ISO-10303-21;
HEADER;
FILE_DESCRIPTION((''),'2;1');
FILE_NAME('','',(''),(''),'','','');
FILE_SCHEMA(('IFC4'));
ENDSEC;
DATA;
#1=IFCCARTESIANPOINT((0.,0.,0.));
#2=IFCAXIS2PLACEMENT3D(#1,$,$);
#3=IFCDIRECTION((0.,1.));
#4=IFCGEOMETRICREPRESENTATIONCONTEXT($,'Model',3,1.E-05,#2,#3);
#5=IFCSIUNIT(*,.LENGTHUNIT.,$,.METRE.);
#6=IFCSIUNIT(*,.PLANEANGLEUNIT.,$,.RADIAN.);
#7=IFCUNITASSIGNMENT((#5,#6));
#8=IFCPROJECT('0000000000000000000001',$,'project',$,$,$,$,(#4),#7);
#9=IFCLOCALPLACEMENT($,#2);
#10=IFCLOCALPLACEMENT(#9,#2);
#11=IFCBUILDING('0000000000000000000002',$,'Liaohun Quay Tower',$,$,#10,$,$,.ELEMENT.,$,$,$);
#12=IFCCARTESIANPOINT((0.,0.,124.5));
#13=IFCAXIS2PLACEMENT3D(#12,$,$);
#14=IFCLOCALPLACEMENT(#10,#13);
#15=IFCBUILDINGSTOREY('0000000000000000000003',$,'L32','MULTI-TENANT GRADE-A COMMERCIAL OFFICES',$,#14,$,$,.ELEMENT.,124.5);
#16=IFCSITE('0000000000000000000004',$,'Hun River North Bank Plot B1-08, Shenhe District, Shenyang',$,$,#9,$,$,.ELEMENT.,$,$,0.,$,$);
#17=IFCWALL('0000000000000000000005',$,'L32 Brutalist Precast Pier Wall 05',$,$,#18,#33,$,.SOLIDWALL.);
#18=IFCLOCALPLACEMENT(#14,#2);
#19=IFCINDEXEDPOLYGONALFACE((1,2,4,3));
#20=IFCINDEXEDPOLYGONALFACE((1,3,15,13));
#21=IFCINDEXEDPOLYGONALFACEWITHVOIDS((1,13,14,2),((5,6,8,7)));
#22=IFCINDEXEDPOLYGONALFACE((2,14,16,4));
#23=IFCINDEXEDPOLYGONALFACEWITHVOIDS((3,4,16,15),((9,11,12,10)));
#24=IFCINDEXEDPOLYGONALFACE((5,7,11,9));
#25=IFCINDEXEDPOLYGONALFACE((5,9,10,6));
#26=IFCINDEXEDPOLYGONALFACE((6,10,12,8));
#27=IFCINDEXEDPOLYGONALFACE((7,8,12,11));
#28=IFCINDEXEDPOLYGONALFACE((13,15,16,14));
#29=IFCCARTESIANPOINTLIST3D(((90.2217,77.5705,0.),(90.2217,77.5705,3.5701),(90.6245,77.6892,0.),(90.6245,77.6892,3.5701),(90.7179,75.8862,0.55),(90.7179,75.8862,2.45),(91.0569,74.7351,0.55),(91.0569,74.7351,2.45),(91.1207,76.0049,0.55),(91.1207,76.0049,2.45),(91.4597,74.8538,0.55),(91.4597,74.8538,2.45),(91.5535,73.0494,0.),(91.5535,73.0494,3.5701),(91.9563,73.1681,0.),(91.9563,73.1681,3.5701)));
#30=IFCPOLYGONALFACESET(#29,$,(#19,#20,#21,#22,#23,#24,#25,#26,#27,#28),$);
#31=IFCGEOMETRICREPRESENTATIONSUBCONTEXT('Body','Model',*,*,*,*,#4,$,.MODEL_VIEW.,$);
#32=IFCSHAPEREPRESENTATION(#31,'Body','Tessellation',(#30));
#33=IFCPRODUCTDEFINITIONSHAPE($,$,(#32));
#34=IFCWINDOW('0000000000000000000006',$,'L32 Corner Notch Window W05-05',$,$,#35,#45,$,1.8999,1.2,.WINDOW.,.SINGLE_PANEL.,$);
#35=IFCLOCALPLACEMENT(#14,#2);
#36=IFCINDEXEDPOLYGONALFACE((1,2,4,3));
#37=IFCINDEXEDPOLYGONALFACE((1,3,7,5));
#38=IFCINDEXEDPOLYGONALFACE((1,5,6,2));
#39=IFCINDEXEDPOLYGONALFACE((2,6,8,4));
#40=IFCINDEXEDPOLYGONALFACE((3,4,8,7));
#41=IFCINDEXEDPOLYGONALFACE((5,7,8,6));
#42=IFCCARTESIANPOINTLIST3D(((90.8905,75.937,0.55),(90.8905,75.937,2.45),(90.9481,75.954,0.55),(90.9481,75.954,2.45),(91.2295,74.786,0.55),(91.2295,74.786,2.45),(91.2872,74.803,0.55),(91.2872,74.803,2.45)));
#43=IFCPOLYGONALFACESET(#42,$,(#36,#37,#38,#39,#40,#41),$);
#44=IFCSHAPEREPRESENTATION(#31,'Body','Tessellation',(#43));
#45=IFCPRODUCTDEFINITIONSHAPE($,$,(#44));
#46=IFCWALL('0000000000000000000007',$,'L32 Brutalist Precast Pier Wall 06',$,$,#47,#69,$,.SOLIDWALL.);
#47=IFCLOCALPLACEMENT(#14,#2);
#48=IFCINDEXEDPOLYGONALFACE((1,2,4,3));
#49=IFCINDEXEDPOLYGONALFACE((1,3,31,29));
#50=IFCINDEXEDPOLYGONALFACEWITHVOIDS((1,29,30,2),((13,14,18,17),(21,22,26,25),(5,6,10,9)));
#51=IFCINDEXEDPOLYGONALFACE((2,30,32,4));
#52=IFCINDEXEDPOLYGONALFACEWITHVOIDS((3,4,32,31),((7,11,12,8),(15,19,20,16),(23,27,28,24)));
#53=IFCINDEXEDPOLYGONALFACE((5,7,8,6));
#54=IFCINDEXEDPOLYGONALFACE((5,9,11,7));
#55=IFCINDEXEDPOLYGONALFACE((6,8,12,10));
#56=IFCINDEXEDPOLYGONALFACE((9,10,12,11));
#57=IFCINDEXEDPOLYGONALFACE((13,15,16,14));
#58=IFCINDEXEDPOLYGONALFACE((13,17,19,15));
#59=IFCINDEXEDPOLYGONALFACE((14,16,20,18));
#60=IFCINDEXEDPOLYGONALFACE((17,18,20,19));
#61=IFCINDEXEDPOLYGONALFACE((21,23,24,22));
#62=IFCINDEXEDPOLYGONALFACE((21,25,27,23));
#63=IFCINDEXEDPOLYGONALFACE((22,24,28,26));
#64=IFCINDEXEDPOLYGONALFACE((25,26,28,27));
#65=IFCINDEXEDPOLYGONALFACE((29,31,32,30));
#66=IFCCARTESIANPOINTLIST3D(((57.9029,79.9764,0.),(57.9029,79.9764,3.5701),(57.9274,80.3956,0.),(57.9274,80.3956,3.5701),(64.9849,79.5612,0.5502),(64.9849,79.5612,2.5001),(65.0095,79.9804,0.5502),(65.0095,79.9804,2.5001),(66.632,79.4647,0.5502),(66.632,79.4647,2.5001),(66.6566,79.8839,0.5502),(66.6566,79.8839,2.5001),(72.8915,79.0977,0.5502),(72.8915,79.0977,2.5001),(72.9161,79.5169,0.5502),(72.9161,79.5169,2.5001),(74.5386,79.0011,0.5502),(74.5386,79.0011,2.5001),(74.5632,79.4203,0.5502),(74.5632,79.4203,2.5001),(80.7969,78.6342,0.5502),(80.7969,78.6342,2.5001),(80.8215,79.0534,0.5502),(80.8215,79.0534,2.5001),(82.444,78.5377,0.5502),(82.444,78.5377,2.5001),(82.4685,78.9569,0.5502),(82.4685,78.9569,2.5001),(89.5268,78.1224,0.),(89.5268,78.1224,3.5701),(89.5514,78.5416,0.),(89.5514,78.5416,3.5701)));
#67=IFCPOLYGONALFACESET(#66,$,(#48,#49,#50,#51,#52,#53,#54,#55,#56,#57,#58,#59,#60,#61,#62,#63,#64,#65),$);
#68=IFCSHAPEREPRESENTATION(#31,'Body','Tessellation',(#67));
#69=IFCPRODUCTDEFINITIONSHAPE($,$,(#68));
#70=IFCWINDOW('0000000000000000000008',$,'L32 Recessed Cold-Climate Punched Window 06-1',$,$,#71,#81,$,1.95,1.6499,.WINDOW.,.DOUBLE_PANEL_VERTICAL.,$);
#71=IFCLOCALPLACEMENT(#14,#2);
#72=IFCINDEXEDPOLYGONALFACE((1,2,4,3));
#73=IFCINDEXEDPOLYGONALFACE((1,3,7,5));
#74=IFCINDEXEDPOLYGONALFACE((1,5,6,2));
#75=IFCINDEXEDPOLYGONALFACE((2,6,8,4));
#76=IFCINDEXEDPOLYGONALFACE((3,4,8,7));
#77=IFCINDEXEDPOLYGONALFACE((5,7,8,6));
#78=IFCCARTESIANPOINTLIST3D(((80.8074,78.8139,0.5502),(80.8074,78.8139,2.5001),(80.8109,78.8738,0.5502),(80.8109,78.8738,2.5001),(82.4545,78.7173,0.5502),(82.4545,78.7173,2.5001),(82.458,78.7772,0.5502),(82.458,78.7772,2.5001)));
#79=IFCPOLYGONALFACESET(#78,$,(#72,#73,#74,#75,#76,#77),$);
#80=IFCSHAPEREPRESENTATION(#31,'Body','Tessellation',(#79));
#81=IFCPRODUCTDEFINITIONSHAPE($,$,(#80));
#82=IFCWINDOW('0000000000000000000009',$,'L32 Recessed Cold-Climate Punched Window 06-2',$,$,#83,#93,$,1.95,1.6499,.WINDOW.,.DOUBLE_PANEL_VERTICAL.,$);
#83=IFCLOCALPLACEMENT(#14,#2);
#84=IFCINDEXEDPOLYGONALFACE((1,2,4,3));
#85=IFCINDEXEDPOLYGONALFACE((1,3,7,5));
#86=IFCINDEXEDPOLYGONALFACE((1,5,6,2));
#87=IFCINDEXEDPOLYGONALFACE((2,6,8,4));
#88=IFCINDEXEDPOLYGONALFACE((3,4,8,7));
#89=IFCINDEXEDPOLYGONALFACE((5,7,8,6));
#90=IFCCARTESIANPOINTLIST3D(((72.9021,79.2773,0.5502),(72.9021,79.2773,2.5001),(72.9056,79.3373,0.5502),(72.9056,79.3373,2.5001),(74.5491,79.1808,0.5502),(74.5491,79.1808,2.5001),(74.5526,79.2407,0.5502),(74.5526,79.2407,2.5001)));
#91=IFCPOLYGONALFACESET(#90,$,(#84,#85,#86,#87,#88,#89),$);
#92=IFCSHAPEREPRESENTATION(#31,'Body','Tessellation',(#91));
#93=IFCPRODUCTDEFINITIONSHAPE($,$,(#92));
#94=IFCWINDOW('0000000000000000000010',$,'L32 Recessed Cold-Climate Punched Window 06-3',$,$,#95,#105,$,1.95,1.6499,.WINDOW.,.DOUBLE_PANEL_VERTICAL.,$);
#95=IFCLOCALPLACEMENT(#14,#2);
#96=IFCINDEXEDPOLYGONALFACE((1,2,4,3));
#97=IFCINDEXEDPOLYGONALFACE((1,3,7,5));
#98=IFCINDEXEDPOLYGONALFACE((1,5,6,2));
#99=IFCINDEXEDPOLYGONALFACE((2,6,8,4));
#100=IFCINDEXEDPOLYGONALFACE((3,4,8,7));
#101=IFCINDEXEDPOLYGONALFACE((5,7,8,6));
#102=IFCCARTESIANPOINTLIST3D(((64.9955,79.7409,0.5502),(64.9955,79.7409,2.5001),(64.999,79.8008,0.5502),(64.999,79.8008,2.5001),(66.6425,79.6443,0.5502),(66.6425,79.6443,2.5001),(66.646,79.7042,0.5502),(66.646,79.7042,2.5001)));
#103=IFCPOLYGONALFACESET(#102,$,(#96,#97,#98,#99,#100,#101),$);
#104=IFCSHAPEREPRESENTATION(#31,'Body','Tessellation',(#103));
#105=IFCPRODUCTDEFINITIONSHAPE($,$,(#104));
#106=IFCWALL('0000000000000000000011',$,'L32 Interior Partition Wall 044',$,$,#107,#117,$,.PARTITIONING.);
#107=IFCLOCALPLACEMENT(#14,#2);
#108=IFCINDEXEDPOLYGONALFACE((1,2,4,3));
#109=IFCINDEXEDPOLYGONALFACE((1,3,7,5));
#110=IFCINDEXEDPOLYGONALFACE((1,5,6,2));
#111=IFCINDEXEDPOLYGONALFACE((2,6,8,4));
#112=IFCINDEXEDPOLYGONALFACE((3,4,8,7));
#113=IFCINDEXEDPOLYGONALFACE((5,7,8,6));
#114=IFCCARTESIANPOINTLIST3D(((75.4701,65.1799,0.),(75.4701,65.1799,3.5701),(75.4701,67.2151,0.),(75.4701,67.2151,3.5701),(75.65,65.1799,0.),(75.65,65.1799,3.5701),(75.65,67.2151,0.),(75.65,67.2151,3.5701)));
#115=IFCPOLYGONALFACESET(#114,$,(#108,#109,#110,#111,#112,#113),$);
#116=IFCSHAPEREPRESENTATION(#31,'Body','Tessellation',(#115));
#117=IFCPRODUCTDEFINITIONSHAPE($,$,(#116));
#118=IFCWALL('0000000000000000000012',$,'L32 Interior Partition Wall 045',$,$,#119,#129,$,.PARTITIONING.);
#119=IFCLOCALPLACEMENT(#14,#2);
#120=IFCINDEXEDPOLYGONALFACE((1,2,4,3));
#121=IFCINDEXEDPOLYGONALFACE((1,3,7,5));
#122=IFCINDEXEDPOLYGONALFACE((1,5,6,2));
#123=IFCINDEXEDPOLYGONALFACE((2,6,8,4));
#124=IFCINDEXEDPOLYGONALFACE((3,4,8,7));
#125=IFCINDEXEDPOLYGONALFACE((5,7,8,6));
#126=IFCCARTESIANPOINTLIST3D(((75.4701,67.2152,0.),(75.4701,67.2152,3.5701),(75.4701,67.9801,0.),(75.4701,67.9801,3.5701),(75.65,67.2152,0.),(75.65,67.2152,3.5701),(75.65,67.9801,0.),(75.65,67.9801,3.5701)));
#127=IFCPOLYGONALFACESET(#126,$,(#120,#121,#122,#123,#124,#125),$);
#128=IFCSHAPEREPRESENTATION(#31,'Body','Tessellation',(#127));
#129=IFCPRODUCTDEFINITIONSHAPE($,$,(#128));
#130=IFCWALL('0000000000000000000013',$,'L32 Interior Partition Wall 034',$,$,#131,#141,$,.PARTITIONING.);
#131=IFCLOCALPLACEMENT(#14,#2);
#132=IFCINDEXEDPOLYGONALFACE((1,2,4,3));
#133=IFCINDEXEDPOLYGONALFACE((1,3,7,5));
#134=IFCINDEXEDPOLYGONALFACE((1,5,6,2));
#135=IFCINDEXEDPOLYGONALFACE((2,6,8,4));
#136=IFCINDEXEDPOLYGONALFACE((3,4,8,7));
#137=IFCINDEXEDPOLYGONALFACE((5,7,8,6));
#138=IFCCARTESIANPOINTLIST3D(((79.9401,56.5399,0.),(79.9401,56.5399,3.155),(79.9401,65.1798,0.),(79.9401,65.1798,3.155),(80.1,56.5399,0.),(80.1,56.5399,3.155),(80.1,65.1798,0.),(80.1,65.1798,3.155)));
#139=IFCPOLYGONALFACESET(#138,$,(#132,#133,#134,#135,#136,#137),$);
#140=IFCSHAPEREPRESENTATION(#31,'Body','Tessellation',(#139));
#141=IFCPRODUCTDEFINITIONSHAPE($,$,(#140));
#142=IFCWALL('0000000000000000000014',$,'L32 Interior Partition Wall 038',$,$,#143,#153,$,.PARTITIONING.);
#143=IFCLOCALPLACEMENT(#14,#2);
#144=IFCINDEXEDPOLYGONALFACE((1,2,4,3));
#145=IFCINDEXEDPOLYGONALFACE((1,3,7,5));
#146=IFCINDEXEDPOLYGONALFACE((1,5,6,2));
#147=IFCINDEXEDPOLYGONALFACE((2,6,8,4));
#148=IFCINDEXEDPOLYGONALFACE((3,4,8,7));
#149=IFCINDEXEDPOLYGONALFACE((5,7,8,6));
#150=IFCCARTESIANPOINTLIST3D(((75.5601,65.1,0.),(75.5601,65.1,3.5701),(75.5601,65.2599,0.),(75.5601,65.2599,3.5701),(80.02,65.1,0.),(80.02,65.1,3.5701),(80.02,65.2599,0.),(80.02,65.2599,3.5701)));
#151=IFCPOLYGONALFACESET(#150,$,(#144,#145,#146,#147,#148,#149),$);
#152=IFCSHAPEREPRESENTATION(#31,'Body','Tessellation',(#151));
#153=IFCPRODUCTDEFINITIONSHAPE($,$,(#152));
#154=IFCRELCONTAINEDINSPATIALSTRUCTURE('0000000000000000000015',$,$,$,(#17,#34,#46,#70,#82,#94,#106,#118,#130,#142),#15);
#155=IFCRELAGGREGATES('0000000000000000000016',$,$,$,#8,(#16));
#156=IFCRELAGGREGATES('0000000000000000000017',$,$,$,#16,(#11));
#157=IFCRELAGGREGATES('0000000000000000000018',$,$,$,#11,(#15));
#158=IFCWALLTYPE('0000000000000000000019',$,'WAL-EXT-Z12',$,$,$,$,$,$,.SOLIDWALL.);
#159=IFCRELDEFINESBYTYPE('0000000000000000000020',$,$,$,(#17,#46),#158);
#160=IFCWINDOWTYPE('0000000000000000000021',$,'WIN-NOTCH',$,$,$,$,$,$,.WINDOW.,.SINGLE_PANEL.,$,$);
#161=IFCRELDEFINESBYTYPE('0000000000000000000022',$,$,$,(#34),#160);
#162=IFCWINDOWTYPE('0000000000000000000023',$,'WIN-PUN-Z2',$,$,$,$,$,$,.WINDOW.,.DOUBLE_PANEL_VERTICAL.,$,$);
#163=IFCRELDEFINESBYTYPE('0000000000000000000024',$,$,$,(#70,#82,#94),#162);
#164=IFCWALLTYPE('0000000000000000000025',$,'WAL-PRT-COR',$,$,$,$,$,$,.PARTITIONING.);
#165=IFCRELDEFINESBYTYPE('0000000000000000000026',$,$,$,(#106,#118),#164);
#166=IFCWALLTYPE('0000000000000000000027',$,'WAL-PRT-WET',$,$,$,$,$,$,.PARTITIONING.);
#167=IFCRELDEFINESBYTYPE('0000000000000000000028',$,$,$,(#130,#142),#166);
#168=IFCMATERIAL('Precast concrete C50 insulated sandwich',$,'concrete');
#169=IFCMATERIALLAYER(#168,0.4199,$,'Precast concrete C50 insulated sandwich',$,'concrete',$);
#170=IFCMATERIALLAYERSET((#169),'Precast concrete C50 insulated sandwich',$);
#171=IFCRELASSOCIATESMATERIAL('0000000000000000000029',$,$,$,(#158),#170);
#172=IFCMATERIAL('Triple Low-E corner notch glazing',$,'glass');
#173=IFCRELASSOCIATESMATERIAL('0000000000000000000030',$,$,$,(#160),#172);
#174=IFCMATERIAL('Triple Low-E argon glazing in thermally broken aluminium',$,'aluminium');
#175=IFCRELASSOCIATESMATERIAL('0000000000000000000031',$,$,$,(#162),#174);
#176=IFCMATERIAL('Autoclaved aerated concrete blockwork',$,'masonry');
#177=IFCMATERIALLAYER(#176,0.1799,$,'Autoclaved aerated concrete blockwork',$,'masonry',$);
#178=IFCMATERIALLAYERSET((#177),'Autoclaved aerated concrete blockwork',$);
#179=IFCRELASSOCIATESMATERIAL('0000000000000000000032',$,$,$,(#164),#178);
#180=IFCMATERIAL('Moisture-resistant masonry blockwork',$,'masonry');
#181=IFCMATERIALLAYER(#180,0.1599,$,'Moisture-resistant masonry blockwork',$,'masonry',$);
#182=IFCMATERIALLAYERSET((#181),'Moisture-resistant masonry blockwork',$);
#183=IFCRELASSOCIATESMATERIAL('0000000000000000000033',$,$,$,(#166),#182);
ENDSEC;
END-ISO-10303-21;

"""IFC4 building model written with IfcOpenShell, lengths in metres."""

from ifc_helpers import new_model, si_unit, direction, frame, frame_2d, origin, place, context, subcontext, project, spatial, rectangle, extrude, source, transform, mapped, material, layer, layer_set, type_object, element, fill, save


model = new_model("IFC4")

# Units and contexts
model_context = context("Model", 3, precision=1e-05, world=origin(), true_north=direction((0.0, 1.0)))
body_context = subcontext(model_context, "Body", "Model", "MODEL_VIEW")
ifc_project = project(units=[si_unit("LENGTHUNIT", "METRE"), si_unit("PLANEANGLEUNIT", "RADIAN")], contexts=[model_context])

# Site, building, storey
site_placement = place(None, origin())
site = spatial("IfcSite", under=ifc_project, at=site_placement, Name="Hun River North Bank Plot B1-08, Shenhe District, Shenyang", CompositionType="ELEMENT", RefElevation=0.0)
building_placement = place(site_placement, origin())
building = spatial("IfcBuilding", under=site, at=building_placement, Name="Liaohun Quay Tower", CompositionType="ELEMENT")
storey_placement = place(building_placement, frame((0.0, 0.0, 124.5)))
storey = spatial("IfcBuildingStorey", under=building, at=storey_placement, Name="L32", Description="MULTI-TENANT GRADE-A COMMERCIAL OFFICES", CompositionType="ELEMENT", Elevation=124.5)

# Wall, opening, window
ifc_material_1 = material(Name="Precast concrete C50 insulated sandwich", Category="concrete")
ifc_layer_1 = layer(ifc_material_1, 0.4199, Name="Precast concrete C50 insulated sandwich", Category="concrete")
ifc_layer_set_1 = layer_set([ifc_layer_1], Name="Precast concrete C50 insulated sandwich")
wall_type_1 = type_object("IfcWallType", Name="WAL-EXT-Z12", PredefinedType="SOLIDWALL", material=ifc_layer_set_1)
shared_shape_1 = source(origin(), body_context, "Body", "SweptSolid", [
    extrude(rectangle(XDim=1.2, YDim=1.8999, at=frame_2d((0.6001, 0.95))), frame((0.0, 0.22, 0.0), z_axis=(0.0, -1.0, 0.0), x_axis=(1.0, 0.0, 0.0)), (0.0, 0.0, 1.0), 0.4399),
])
ifc_material_2 = material(Name="Triple Low-E corner notch glazing", Category="glass")
window_type_1 = type_object("IfcWindowType", Name="WIN-NOTCH", PartitioningType="SINGLE_PANEL", PredefinedType="WINDOW", material=ifc_material_2)
shared_shape_2 = source(origin(), body_context, "Body", "SweptSolid", [
    extrude(rectangle(XDim=1.2, YDim=1.8999, at=frame_2d((0.6001, 0.95))), frame((0.0, 0.03, 0.0), z_axis=(0.0, -1.0, 0.0), x_axis=(1.0, 0.0, 0.0)), (0.0, 0.0, 1.0), 0.0601),
])
wall_1_placement = place(storey_placement, frame((91.7549, 73.1089, 0.0), z_axis=(0.0, 0.0, 1.0), x_axis=(-0.282573, 0.959246, 0.0)))
wall_1 = element("IfcWall", 1, at=wall_1_placement, inside=storey, type_object=wall_type_1, Name="L32 Brutalist Precast Pier Wall 05", PredefinedType="SOLIDWALL", context=body_context, shape_type="SweptSolid", body=[
    extrude(rectangle(XDim=4.7131, YDim=0.4199, at=frame_2d((2.3564, 0.0))), origin(), (0.0, 0.0, 1.0), 3.5701),
])
opening_1_placement = place(wall_1_placement, frame((1.7571, 0.0, 0.55)))
opening_1 = element("IfcOpeningElement", 2, at=opening_1_placement, cuts=wall_1, PredefinedType="OPENING", context=body_context, shape_type="MappedRepresentation", body=[
    mapped(shared_shape_1, transform((0.0, 0.0, 0.0), x_axis=(1.0, 0.0, 0.0), y_axis=(0.0, 1.0, 0.0), z_axis=(0.0, 0.0, 1.0), scale=1.0)),
])
window_1_placement = place(opening_1_placement, origin())
window_1 = element("IfcWindow", 3, at=window_1_placement, inside=storey, type_object=window_type_1, Name="L32 Corner Notch Window W05-05", OverallHeight=1.8999, OverallWidth=1.2, PartitioningType="SINGLE_PANEL", PredefinedType="WINDOW", context=body_context, shape_type="MappedRepresentation", body=[
    mapped(shared_shape_2, transform((0.0, 0.0, 0.0), x_axis=(1.0, 0.0, 0.0), y_axis=(0.0, 1.0, 0.0), z_axis=(0.0, 0.0, 1.0), scale=1.0)),
])
fill(opening_1, window_1)

# Wall, openings, windows
wall_2_placement = place(storey_placement, frame((89.5391, 78.332, 0.0), z_axis=(0.0, 0.0, 1.0), x_axis=(-0.998286, 0.058526, 0.0)))
wall_2 = element("IfcWall", 4, at=wall_2_placement, inside=storey, type_object=wall_type_1, Name="L32 Brutalist Precast Pier Wall 06", PredefinedType="SOLIDWALL", context=body_context, shape_type="SweptSolid", body=[
    extrude(rectangle(XDim=31.6782, YDim=0.4199, at=frame_2d((15.8391, 0.0))), origin(), (0.0, 0.0, 1.0), 3.5701),
])
shared_shape_3 = source(origin(), body_context, "Body", "SweptSolid", [
    extrude(rectangle(XDim=1.6499, YDim=1.95, at=frame_2d((0.825, 0.9751))), frame((0.0, 0.22, 0.0), z_axis=(0.0, -1.0, 0.0), x_axis=(1.0, 0.0, 0.0)), (0.0, 0.0, 1.0), 0.4399),
])
opening_2_placement = place(wall_2_placement, frame((7.095, 0.0, 0.55)))
opening_2 = element("IfcOpeningElement", 5, at=opening_2_placement, cuts=wall_2, PredefinedType="OPENING", context=body_context, shape_type="MappedRepresentation", body=[
    mapped(shared_shape_3, transform((0.0, 0.0, 0.0), x_axis=(1.0, 0.0, 0.0), y_axis=(0.0, 1.0, 0.0), z_axis=(0.0, 0.0, 1.0), scale=1.0)),
])
opening_3_placement = place(wall_2_placement, frame((15.0139, 0.0, 0.55)))
opening_3 = element("IfcOpeningElement", 6, at=opening_3_placement, cuts=wall_2, PredefinedType="OPENING", context=body_context, shape_type="MappedRepresentation", body=[
    mapped(shared_shape_3, transform((0.0, 0.0, 0.0), x_axis=(1.0, 0.0, 0.0), y_axis=(0.0, 1.0, 0.0), z_axis=(0.0, 0.0, 1.0), scale=1.0)),
])
opening_4_placement = place(wall_2_placement, frame((22.9341, 0.0, 0.55)))
opening_4 = element("IfcOpeningElement", 7, at=opening_4_placement, cuts=wall_2, PredefinedType="OPENING", context=body_context, shape_type="MappedRepresentation", body=[
    mapped(shared_shape_3, transform((0.0, 0.0, 0.0), x_axis=(1.0, 0.0, 0.0), y_axis=(0.0, 1.0, 0.0), z_axis=(0.0, 0.0, 1.0), scale=1.0)),
])
ifc_material_3 = material(Name="Triple Low-E argon glazing in thermally broken aluminium", Category="aluminium")
window_type_2 = type_object("IfcWindowType", Name="WIN-PUN-Z2", PartitioningType="DOUBLE_PANEL_VERTICAL", PredefinedType="WINDOW", material=ifc_material_3)
shared_shape_4 = source(origin(), body_context, "Body", "SweptSolid", [
    extrude(rectangle(XDim=1.6499, YDim=1.95, at=frame_2d((0.825, 0.9751))), frame((0.0, 0.03, 0.0), z_axis=(0.0, -1.0, 0.0), x_axis=(1.0, 0.0, 0.0)), (0.0, 0.0, 1.0), 0.0601),
])
window_2_placement = place(opening_2_placement, origin())
window_2 = element("IfcWindow", 8, at=window_2_placement, inside=storey, type_object=window_type_2, Name="L32 Recessed Cold-Climate Punched Window 06-1", OverallHeight=1.95, OverallWidth=1.6499, PartitioningType="DOUBLE_PANEL_VERTICAL", PredefinedType="WINDOW", context=body_context, shape_type="MappedRepresentation", body=[
    mapped(shared_shape_4, transform((0.0, 0.0, 0.0), x_axis=(1.0, 0.0, 0.0), y_axis=(0.0, 1.0, 0.0), z_axis=(0.0, 0.0, 1.0), scale=1.0)),
])
fill(opening_2, window_2)
window_3_placement = place(opening_3_placement, origin())
window_3 = element("IfcWindow", 9, at=window_3_placement, inside=storey, type_object=window_type_2, Name="L32 Recessed Cold-Climate Punched Window 06-2", OverallHeight=1.95, OverallWidth=1.6499, PartitioningType="DOUBLE_PANEL_VERTICAL", PredefinedType="WINDOW", context=body_context, shape_type="MappedRepresentation", body=[
    mapped(shared_shape_4, transform((0.0, 0.0, 0.0), x_axis=(1.0, 0.0, 0.0), y_axis=(0.0, 1.0, 0.0), z_axis=(0.0, 0.0, 1.0), scale=1.0)),
])
fill(opening_3, window_3)
window_4_placement = place(opening_4_placement, origin())
window_4 = element("IfcWindow", 10, at=window_4_placement, inside=storey, type_object=window_type_2, Name="L32 Recessed Cold-Climate Punched Window 06-3", OverallHeight=1.95, OverallWidth=1.6499, PartitioningType="DOUBLE_PANEL_VERTICAL", PredefinedType="WINDOW", context=body_context, shape_type="MappedRepresentation", body=[
    mapped(shared_shape_4, transform((0.0, 0.0, 0.0), x_axis=(1.0, 0.0, 0.0), y_axis=(0.0, 1.0, 0.0), z_axis=(0.0, 0.0, 1.0), scale=1.0)),
])
fill(opening_4, window_4)

# Walls
ifc_material_4 = material(Name="Autoclaved aerated concrete blockwork", Category="masonry")
ifc_layer_2 = layer(ifc_material_4, 0.1799, Name="Autoclaved aerated concrete blockwork", Category="masonry")
ifc_layer_set_2 = layer_set([ifc_layer_2], Name="Autoclaved aerated concrete blockwork")
wall_type_2 = type_object("IfcWallType", Name="WAL-PRT-COR", PredefinedType="PARTITIONING", material=ifc_layer_set_2)
wall_3_placement = place(storey_placement, frame((75.5601, 67.2151, 0.0), z_axis=(0.0, 0.0, 1.0), x_axis=(0.0, -1.0, 0.0)))
element("IfcWall", 11, at=wall_3_placement, inside=storey, type_object=wall_type_2, Name="L32 Interior Partition Wall 044", PredefinedType="PARTITIONING", context=body_context, shape_type="SweptSolid", body=[
    extrude(rectangle(XDim=2.0352, YDim=0.1799, at=frame_2d((1.0176, 0.0))), origin(), (0.0, 0.0, 1.0), 3.5701),
])
wall_4_placement = place(storey_placement, frame((75.5601, 67.98, 0.0), z_axis=(0.0, 0.0, 1.0), x_axis=(0.0, -1.0, 0.0)))
element("IfcWall", 12, at=wall_4_placement, inside=storey, type_object=wall_type_2, Name="L32 Interior Partition Wall 045", PredefinedType="PARTITIONING", context=body_context, shape_type="SweptSolid", body=[
    extrude(rectangle(XDim=0.7649, YDim=0.1799, at=frame_2d((0.3823, 0.0))), origin(), (0.0, 0.0, 1.0), 3.5701),
])
ifc_material_5 = material(Name="Moisture-resistant masonry blockwork", Category="masonry")
ifc_layer_3 = layer(ifc_material_5, 0.1599, Name="Moisture-resistant masonry blockwork", Category="masonry")
ifc_layer_set_3 = layer_set([ifc_layer_3], Name="Moisture-resistant masonry blockwork")
wall_type_3 = type_object("IfcWallType", Name="WAL-PRT-WET", PredefinedType="PARTITIONING", material=ifc_layer_set_3)
wall_5_placement = place(storey_placement, frame((80.02, 56.54, 0.0), z_axis=(0.0, 0.0, 1.0), x_axis=(0.0, 1.0, 0.0)))
element("IfcWall", 13, at=wall_5_placement, inside=storey, type_object=wall_type_3, Name="L32 Interior Partition Wall 034", PredefinedType="PARTITIONING", context=body_context, shape_type="SweptSolid", body=[
    extrude(rectangle(XDim=8.6399, YDim=0.1599, at=frame_2d((4.3198, 0.0))), origin(), (0.0, 0.0, 1.0), 3.155),
])
wall_6_placement = place(storey_placement, frame((75.5601, 65.1799, 0.0), z_axis=(0.0, 0.0, 1.0), x_axis=(1.0, 0.0, 0.0)))
element("IfcWall", 14, at=wall_6_placement, inside=storey, type_object=wall_type_3, Name="L32 Interior Partition Wall 038", PredefinedType="PARTITIONING", context=body_context, shape_type="SweptSolid", body=[
    extrude(rectangle(XDim=4.46, YDim=0.1599, at=frame_2d((2.23, 0.0))), origin(), (0.0, 0.0, 1.0), 3.5701),
])

save(model, "model.ifc")
